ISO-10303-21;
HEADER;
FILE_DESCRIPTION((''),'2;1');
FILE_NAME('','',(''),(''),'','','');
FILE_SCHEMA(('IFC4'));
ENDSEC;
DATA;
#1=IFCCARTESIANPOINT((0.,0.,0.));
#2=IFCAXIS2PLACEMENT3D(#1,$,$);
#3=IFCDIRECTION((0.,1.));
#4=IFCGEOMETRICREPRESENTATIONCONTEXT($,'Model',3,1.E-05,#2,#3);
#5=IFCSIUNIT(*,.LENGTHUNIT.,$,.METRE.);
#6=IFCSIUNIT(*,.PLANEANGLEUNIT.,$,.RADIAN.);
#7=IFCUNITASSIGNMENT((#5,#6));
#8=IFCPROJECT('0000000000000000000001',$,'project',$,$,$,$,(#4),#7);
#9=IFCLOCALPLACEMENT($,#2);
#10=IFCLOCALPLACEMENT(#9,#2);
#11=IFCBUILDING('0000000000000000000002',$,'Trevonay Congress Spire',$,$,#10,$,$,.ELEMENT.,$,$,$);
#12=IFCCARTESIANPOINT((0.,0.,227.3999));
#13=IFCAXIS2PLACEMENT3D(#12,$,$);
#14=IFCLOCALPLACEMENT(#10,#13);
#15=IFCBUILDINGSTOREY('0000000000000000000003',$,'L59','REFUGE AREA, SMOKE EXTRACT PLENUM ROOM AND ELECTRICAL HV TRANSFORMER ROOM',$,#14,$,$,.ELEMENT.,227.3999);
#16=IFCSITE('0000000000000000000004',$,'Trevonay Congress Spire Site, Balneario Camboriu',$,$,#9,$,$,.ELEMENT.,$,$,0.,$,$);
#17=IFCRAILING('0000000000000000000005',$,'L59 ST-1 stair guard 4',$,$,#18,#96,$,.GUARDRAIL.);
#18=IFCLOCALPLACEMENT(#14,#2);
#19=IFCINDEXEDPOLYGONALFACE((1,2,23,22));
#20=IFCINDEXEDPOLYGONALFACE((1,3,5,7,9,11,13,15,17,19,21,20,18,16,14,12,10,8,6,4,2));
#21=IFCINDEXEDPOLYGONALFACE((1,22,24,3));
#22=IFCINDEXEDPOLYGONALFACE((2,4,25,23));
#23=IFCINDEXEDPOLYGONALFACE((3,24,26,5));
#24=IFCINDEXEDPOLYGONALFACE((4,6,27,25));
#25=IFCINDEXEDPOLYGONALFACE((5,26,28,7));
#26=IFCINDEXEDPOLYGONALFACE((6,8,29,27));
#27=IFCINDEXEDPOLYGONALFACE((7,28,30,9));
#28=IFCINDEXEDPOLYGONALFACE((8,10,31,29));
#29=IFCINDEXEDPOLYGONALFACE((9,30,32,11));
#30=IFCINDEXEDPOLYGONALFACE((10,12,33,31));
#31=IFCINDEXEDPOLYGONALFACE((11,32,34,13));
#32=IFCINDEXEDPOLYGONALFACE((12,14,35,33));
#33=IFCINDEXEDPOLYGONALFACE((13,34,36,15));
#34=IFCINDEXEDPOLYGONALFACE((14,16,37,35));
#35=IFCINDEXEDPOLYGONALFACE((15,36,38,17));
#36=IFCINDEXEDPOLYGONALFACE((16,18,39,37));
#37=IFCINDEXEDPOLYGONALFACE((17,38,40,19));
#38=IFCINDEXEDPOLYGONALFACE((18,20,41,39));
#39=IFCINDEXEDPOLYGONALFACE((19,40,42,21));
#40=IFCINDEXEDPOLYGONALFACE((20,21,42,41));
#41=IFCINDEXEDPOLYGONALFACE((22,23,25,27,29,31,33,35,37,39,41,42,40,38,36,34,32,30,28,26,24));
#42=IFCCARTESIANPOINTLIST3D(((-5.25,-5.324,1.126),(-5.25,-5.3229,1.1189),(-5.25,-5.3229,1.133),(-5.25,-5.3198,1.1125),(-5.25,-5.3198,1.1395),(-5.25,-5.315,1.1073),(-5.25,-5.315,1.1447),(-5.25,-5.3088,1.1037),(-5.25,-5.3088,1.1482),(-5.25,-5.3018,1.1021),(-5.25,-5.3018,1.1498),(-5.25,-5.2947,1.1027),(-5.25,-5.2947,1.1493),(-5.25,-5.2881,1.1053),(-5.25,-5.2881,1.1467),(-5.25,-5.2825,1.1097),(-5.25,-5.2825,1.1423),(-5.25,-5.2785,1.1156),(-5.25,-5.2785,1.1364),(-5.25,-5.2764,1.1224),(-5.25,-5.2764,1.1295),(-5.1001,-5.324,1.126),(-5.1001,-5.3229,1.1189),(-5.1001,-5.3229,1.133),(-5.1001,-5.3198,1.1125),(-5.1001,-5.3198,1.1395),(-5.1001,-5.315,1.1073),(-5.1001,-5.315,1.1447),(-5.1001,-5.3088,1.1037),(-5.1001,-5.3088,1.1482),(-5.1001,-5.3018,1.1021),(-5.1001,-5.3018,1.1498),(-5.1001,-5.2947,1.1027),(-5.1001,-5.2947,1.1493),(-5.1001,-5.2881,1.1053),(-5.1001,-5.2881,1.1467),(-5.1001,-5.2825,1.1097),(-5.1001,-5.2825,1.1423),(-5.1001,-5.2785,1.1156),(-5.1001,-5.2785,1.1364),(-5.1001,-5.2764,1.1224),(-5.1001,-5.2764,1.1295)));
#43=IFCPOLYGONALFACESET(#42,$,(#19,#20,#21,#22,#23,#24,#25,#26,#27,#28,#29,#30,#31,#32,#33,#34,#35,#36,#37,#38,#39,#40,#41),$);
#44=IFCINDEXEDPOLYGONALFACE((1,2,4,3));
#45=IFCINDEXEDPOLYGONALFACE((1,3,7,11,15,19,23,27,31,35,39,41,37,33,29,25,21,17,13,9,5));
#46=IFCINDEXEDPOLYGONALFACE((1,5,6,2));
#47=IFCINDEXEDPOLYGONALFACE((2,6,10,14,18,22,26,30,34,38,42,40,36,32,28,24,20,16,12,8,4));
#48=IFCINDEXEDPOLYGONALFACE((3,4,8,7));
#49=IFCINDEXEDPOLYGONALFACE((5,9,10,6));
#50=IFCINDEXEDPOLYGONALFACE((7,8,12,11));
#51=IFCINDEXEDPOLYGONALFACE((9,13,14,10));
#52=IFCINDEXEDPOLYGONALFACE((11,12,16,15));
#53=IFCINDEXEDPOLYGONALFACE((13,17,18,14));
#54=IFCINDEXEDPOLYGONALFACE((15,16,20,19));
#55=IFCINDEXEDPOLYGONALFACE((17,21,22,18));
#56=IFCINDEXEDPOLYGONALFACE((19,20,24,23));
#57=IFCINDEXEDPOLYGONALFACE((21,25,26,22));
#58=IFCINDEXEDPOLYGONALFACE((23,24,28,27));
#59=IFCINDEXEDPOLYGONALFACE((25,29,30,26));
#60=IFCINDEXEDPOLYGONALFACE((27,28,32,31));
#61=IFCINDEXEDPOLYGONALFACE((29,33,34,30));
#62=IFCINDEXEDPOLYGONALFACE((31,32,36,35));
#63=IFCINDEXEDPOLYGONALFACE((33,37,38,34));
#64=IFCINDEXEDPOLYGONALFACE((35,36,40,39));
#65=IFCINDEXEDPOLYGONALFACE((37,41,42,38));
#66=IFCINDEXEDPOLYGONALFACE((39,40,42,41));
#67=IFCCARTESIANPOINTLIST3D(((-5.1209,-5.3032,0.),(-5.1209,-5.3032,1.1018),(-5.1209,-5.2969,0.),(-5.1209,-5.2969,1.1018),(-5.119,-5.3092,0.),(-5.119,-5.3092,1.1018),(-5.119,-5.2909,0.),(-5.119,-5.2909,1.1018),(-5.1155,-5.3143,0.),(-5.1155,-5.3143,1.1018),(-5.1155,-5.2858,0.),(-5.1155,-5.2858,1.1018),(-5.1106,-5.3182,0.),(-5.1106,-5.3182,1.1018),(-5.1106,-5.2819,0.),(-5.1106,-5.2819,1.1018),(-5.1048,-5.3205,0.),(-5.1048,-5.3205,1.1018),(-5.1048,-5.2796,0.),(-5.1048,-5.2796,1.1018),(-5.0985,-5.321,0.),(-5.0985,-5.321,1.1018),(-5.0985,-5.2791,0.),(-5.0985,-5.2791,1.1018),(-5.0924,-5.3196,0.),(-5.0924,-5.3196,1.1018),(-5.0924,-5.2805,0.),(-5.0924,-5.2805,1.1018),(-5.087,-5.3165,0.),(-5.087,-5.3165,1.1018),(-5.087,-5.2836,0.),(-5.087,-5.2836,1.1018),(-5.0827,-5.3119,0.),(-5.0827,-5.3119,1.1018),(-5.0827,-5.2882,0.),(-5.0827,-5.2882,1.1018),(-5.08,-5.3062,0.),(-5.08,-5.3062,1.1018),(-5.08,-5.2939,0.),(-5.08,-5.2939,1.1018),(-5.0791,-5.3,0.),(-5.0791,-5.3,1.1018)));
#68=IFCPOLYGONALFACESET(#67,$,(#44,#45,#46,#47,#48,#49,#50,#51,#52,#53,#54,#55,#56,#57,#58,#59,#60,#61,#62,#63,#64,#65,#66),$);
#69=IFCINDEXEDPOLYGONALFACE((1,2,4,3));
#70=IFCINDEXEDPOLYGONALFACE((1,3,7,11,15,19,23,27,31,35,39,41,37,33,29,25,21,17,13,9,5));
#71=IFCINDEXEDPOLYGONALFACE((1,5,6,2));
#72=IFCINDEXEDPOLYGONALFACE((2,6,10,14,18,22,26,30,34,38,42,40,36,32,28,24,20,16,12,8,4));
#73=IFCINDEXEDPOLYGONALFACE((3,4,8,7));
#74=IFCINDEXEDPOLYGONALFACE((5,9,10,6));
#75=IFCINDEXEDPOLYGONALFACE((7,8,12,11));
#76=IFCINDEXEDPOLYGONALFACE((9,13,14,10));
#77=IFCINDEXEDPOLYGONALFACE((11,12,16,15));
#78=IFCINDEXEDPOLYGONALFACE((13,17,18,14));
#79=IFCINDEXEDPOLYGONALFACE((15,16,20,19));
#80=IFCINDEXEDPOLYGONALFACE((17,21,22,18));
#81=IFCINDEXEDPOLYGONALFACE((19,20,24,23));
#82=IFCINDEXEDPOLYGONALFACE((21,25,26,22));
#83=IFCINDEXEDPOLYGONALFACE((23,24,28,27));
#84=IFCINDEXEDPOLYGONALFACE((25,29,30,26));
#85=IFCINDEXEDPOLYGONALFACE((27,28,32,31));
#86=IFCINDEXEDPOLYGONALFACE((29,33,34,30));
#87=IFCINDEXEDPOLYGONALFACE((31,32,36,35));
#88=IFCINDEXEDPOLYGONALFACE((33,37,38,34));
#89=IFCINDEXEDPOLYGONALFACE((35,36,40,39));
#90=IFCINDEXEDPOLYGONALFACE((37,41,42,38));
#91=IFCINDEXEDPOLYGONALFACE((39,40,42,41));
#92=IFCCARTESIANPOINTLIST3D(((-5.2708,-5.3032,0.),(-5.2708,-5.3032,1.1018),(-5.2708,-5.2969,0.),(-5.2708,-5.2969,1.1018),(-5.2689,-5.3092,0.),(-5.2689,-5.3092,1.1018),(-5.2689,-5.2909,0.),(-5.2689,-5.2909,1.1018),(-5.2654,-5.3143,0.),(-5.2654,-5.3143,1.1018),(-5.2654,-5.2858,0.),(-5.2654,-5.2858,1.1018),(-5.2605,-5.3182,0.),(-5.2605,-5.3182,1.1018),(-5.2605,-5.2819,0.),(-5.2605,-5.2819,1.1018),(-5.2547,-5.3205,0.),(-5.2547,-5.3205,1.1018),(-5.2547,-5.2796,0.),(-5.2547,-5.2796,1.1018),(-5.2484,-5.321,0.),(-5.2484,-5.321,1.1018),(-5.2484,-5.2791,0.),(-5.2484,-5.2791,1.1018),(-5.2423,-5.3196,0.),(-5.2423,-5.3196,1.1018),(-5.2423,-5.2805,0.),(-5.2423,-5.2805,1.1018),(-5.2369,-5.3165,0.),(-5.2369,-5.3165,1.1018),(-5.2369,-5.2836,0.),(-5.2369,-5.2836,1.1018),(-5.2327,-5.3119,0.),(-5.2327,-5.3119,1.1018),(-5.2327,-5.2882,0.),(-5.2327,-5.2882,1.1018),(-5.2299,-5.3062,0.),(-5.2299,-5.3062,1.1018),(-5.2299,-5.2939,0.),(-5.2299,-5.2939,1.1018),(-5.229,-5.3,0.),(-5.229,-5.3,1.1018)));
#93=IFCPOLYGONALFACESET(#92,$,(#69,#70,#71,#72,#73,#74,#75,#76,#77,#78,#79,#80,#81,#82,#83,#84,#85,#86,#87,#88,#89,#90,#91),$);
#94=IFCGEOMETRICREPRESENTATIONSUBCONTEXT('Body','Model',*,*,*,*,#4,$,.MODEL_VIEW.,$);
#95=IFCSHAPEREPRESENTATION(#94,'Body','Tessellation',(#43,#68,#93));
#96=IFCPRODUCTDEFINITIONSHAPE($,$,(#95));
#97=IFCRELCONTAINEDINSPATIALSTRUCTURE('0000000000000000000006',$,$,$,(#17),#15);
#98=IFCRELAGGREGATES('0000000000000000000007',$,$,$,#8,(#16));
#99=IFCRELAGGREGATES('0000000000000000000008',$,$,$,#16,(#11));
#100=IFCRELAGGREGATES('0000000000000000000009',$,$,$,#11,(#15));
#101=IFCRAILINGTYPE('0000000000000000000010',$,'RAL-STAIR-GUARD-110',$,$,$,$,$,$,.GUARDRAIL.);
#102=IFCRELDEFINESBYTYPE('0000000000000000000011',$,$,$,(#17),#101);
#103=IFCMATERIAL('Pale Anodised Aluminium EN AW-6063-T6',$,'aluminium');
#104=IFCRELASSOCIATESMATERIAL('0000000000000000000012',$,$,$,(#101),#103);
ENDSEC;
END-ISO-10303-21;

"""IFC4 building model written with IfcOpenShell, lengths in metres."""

from ifc_helpers import new_model, si_unit, direction, frame, origin, origin_2d, place, context, subcontext, project, spatial, circle, extrude, material, type_object, element, save


model = new_model("IFC4")

# Units and contexts
model_context = context("Model", 3, precision=1e-05, world=origin(), true_north=direction((0.0, 1.0)))
body_context = subcontext(model_context, "Body", "Model", "MODEL_VIEW")
ifc_project = project(units=[si_unit("LENGTHUNIT", "METRE"), si_unit("PLANEANGLEUNIT", "RADIAN")], contexts=[model_context])

# Site, building, storey
site_placement = place(None, origin())
site = spatial("IfcSite", under=ifc_project, at=site_placement, Name="Trevonay Congress Spire Site, Balneario Camboriu", CompositionType="ELEMENT", RefElevation=0.0)
building_placement = place(site_placement, origin())
building = spatial("IfcBuilding", under=site, at=building_placement, Name="Trevonay Congress Spire", CompositionType="ELEMENT")
storey_placement = place(building_placement, frame((0.0, 0.0, 227.3999)))
storey = spatial("IfcBuildingStorey", under=building, at=storey_placement, Name="L59", Description="REFUGE AREA, SMOKE EXTRACT PLENUM ROOM AND ELECTRICAL HV TRANSFORMER ROOM", CompositionType="ELEMENT", Elevation=227.3999)

# Railing
ifc_material_1 = material(Name="Pale Anodised Aluminium EN AW-6063-T6", Category="aluminium")
railing_type_1 = type_object("IfcRailingType", Name="RAL-STAIR-GUARD-110", PredefinedType="GUARDRAIL", material=ifc_material_1)
railing_1_placement = place(storey_placement, frame((-5.1001, -5.3, 0.0)))
element("IfcRailing", 1, at=railing_1_placement, inside=storey, type_object=railing_type_1, Name="L59 ST-1 stair guard 4", PredefinedType="GUARDRAIL", context=body_context, shape_type="SweptSolid", body=[
    extrude(circle(Radius=0.0239, at=origin_2d()), frame((0.0, 0.0, 1.126), z_axis=(-1.0, 0.0, 0.0), x_axis=(0.0, -1.0, 0.0)), (0.0, 0.0, 1.0), 0.1499),
    extrude(circle(Radius=0.021, at=origin_2d()), origin(), (0.0, 0.0, 1.0), 1.1018),
    extrude(circle(Radius=0.021, at=origin_2d()), frame((-0.1499, 0.0, 0.0)), (0.0, 0.0, 1.0), 1.1018),
])

save(model, "model.ifc")
